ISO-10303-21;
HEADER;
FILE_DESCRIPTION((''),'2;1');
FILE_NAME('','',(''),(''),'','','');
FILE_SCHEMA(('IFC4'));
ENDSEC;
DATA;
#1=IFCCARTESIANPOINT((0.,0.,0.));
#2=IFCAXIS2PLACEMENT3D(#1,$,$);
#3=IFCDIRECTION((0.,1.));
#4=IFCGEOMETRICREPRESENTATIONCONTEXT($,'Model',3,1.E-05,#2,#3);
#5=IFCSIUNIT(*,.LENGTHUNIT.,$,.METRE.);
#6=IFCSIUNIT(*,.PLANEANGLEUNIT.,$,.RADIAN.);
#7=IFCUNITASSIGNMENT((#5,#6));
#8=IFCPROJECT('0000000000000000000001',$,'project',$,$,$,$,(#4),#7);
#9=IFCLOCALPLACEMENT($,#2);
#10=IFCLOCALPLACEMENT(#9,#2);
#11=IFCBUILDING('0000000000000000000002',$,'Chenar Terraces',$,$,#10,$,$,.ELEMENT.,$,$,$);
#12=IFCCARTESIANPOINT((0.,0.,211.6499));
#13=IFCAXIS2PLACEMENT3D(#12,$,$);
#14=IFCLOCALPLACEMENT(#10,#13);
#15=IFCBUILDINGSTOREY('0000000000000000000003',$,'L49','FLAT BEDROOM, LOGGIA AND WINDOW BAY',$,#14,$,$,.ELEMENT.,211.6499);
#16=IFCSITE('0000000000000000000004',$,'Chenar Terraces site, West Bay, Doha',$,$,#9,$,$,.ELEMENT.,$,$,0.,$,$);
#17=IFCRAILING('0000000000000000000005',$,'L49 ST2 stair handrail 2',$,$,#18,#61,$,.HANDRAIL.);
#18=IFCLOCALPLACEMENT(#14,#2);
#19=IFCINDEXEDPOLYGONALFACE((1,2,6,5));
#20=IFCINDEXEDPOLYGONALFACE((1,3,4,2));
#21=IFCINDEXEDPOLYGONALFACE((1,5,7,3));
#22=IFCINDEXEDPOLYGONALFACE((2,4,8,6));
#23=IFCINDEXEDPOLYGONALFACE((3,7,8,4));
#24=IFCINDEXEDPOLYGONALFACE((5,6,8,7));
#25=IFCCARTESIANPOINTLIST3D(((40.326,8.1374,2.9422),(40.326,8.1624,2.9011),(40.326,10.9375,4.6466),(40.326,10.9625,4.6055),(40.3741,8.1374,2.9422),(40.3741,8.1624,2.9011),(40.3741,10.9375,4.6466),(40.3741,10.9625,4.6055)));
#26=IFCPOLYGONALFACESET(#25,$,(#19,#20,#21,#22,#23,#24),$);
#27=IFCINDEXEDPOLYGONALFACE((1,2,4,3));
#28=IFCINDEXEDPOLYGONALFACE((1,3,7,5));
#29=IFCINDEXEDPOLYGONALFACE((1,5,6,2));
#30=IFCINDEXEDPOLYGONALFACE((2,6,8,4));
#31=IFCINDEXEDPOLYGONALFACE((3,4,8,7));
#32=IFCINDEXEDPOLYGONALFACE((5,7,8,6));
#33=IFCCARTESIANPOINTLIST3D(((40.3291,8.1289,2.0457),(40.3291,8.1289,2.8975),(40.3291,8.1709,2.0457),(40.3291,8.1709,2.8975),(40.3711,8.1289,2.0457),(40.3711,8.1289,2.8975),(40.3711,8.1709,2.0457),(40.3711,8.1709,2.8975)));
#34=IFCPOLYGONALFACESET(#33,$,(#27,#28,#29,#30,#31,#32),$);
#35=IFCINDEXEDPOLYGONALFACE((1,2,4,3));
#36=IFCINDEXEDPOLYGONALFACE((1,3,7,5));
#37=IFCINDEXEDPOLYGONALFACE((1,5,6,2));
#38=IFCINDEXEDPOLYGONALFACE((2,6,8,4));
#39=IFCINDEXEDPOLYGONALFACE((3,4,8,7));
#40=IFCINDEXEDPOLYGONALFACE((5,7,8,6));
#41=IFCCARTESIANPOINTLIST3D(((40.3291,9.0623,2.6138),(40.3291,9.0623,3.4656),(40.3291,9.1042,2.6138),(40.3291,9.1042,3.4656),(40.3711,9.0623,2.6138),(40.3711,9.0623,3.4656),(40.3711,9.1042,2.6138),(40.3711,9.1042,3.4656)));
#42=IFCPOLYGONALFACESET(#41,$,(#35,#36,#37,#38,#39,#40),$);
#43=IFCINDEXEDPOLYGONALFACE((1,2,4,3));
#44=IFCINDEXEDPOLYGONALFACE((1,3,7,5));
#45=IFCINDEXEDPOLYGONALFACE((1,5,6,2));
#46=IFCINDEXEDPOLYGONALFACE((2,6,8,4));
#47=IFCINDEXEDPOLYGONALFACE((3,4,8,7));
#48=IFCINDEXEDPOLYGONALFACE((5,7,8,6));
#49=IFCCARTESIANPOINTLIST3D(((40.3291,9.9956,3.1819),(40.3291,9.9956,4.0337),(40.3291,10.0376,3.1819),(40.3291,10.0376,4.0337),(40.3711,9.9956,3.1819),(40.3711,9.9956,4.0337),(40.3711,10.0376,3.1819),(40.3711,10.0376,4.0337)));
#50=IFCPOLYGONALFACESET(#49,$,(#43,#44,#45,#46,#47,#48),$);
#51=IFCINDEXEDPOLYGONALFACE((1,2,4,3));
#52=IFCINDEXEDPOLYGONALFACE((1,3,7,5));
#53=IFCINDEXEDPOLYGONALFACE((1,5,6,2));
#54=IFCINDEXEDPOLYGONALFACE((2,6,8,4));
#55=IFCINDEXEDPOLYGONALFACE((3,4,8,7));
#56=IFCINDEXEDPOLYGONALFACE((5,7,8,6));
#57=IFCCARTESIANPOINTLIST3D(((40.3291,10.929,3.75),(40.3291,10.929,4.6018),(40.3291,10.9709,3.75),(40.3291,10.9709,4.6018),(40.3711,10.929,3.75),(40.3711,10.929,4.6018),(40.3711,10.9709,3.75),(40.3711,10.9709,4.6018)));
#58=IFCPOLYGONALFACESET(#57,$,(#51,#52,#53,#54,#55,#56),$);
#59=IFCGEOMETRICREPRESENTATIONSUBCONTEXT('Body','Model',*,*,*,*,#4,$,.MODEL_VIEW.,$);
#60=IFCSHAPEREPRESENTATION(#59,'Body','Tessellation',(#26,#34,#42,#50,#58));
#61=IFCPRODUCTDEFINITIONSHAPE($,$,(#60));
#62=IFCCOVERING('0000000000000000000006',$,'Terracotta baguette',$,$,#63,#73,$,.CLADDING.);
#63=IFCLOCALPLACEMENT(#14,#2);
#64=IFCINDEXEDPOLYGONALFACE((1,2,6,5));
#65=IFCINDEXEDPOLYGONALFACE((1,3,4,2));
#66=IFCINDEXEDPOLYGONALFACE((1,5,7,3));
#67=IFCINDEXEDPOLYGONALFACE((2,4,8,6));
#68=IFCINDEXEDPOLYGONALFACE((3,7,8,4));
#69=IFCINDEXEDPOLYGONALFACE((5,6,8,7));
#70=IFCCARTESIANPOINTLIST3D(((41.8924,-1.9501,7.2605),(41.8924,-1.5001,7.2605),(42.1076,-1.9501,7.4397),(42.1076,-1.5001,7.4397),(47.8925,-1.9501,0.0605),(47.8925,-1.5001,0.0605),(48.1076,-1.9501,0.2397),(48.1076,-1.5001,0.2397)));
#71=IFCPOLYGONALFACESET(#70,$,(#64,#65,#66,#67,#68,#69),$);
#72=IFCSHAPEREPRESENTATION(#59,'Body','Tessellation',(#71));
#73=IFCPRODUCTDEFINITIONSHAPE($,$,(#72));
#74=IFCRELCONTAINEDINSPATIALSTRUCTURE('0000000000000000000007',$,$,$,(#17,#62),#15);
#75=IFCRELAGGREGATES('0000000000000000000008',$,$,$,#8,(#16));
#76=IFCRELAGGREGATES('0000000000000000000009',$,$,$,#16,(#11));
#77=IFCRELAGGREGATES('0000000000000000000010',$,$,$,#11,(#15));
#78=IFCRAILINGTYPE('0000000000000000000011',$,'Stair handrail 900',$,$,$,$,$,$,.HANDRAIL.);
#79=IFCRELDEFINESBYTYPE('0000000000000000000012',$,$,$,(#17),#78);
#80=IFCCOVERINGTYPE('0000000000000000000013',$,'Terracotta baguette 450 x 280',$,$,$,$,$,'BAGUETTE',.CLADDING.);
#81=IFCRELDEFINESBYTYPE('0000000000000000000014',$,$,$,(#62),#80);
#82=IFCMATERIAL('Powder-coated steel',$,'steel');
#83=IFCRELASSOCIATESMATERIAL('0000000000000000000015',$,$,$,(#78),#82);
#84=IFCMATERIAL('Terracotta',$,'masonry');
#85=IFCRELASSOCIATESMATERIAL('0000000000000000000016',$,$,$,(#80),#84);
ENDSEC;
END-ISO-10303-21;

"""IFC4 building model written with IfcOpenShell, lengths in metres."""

from ifc_helpers import new_model, si_unit, direction, frame, origin, origin_2d, place, context, subcontext, project, spatial, rectangle, extrude, material, material_profile, profile_set, type_object, element, save


model = new_model("IFC4")

# Units and contexts
model_context = context("Model", 3, precision=1e-05, world=origin(), true_north=direction((0.0, 1.0)))
body_context = subcontext(model_context, "Body", "Model", "MODEL_VIEW")
ifc_project = project(units=[si_unit("LENGTHUNIT", "METRE"), si_unit("PLANEANGLEUNIT", "RADIAN")], contexts=[model_context])

# Site, building, storey
site_placement = place(None, origin())
site = spatial("IfcSite", under=ifc_project, at=site_placement, Name="Chenar Terraces site, West Bay, Doha", CompositionType="ELEMENT", RefElevation=0.0)
building_placement = place(site_placement, origin())
building = spatial("IfcBuilding", under=site, at=building_placement, Name="Chenar Terraces", CompositionType="ELEMENT")
storey_placement = place(building_placement, frame((0.0, 0.0, 211.6499)))
storey = spatial("IfcBuildingStorey", under=building, at=storey_placement, Name="L49", Description="FLAT BEDROOM, LOGGIA AND WINDOW BAY", CompositionType="ELEMENT", Elevation=211.6499)

# Railing
ifc_material_1 = material(Name="Powder-coated steel", Category="steel")
railing_type_1 = type_object("IfcRailingType", Name="Stair handrail 900", PredefinedType="HANDRAIL", material=ifc_material_1)
railing_1_placement = place(storey_placement, frame((40.3501, 8.1499, 2.0457)))
element("IfcRailing", 1, at=railing_1_placement, inside=storey, type_object=railing_type_1, Name="L49 ST2 stair handrail 2", PredefinedType="HANDRAIL", context=body_context, shape_type="SweptSolid", body=[
    extrude(rectangle(XDim=0.0481, YDim=0.0481, at=origin_2d()), frame((0.0, 0.0, 0.876), z_axis=(0.0, 0.854203, 0.51994), x_axis=(-1.0, 0.0, 0.0)), (0.0, 0.0, 1.0), 3.2781),
    extrude(rectangle(XDim=0.042, YDim=0.042, at=origin_2d()), origin(), (0.0, 0.0, 1.0), 0.8518),
    extrude(rectangle(XDim=0.042, YDim=0.042, at=origin_2d()), frame((0.0, 0.9333, 0.5681)), (0.0, 0.0, 1.0), 0.8518),
    extrude(rectangle(XDim=0.042, YDim=0.042, at=origin_2d()), frame((0.0, 1.8667, 1.1362)), (0.0, 0.0, 1.0), 0.8518),
    extrude(rectangle(XDim=0.042, YDim=0.042, at=origin_2d()), frame((0.0, 2.8, 1.7043)), (0.0, 0.0, 1.0), 0.8518),
])

# Covering
ifc_material_2 = material(Name="Terracotta", Category="masonry")
ifc_material_profile = material_profile(ifc_material_2, rectangle(XDim=0.45, YDim=0.28, at=origin_2d()), Name="Terracotta baguette 450 x 280")
ifc_profile_set = profile_set([ifc_material_profile], Name="Terracotta")
covering_type = type_object("IfcCoveringType", Name="Terracotta baguette 450 x 280", ElementType="BAGUETTE", PredefinedType="CLADDING", material=ifc_profile_set)
covering_placement = place(storey_placement, frame((42.0, -1.7251, 7.3501), z_axis=(0.640187, 0.0, -0.768219), x_axis=(0.0, 1.0, 0.0)))
element("IfcCovering", 2, at=covering_placement, inside=storey, type_object=covering_type, Name="Terracotta baguette", PredefinedType="CLADDING", context=body_context, shape_type="SweptSolid", body=[
    extrude(rectangle(XDim=0.45, YDim=0.28, at=origin_2d()), origin(), (0.0, 0.0, 1.0), 9.3723),
])

save(model, "model.ifc")
